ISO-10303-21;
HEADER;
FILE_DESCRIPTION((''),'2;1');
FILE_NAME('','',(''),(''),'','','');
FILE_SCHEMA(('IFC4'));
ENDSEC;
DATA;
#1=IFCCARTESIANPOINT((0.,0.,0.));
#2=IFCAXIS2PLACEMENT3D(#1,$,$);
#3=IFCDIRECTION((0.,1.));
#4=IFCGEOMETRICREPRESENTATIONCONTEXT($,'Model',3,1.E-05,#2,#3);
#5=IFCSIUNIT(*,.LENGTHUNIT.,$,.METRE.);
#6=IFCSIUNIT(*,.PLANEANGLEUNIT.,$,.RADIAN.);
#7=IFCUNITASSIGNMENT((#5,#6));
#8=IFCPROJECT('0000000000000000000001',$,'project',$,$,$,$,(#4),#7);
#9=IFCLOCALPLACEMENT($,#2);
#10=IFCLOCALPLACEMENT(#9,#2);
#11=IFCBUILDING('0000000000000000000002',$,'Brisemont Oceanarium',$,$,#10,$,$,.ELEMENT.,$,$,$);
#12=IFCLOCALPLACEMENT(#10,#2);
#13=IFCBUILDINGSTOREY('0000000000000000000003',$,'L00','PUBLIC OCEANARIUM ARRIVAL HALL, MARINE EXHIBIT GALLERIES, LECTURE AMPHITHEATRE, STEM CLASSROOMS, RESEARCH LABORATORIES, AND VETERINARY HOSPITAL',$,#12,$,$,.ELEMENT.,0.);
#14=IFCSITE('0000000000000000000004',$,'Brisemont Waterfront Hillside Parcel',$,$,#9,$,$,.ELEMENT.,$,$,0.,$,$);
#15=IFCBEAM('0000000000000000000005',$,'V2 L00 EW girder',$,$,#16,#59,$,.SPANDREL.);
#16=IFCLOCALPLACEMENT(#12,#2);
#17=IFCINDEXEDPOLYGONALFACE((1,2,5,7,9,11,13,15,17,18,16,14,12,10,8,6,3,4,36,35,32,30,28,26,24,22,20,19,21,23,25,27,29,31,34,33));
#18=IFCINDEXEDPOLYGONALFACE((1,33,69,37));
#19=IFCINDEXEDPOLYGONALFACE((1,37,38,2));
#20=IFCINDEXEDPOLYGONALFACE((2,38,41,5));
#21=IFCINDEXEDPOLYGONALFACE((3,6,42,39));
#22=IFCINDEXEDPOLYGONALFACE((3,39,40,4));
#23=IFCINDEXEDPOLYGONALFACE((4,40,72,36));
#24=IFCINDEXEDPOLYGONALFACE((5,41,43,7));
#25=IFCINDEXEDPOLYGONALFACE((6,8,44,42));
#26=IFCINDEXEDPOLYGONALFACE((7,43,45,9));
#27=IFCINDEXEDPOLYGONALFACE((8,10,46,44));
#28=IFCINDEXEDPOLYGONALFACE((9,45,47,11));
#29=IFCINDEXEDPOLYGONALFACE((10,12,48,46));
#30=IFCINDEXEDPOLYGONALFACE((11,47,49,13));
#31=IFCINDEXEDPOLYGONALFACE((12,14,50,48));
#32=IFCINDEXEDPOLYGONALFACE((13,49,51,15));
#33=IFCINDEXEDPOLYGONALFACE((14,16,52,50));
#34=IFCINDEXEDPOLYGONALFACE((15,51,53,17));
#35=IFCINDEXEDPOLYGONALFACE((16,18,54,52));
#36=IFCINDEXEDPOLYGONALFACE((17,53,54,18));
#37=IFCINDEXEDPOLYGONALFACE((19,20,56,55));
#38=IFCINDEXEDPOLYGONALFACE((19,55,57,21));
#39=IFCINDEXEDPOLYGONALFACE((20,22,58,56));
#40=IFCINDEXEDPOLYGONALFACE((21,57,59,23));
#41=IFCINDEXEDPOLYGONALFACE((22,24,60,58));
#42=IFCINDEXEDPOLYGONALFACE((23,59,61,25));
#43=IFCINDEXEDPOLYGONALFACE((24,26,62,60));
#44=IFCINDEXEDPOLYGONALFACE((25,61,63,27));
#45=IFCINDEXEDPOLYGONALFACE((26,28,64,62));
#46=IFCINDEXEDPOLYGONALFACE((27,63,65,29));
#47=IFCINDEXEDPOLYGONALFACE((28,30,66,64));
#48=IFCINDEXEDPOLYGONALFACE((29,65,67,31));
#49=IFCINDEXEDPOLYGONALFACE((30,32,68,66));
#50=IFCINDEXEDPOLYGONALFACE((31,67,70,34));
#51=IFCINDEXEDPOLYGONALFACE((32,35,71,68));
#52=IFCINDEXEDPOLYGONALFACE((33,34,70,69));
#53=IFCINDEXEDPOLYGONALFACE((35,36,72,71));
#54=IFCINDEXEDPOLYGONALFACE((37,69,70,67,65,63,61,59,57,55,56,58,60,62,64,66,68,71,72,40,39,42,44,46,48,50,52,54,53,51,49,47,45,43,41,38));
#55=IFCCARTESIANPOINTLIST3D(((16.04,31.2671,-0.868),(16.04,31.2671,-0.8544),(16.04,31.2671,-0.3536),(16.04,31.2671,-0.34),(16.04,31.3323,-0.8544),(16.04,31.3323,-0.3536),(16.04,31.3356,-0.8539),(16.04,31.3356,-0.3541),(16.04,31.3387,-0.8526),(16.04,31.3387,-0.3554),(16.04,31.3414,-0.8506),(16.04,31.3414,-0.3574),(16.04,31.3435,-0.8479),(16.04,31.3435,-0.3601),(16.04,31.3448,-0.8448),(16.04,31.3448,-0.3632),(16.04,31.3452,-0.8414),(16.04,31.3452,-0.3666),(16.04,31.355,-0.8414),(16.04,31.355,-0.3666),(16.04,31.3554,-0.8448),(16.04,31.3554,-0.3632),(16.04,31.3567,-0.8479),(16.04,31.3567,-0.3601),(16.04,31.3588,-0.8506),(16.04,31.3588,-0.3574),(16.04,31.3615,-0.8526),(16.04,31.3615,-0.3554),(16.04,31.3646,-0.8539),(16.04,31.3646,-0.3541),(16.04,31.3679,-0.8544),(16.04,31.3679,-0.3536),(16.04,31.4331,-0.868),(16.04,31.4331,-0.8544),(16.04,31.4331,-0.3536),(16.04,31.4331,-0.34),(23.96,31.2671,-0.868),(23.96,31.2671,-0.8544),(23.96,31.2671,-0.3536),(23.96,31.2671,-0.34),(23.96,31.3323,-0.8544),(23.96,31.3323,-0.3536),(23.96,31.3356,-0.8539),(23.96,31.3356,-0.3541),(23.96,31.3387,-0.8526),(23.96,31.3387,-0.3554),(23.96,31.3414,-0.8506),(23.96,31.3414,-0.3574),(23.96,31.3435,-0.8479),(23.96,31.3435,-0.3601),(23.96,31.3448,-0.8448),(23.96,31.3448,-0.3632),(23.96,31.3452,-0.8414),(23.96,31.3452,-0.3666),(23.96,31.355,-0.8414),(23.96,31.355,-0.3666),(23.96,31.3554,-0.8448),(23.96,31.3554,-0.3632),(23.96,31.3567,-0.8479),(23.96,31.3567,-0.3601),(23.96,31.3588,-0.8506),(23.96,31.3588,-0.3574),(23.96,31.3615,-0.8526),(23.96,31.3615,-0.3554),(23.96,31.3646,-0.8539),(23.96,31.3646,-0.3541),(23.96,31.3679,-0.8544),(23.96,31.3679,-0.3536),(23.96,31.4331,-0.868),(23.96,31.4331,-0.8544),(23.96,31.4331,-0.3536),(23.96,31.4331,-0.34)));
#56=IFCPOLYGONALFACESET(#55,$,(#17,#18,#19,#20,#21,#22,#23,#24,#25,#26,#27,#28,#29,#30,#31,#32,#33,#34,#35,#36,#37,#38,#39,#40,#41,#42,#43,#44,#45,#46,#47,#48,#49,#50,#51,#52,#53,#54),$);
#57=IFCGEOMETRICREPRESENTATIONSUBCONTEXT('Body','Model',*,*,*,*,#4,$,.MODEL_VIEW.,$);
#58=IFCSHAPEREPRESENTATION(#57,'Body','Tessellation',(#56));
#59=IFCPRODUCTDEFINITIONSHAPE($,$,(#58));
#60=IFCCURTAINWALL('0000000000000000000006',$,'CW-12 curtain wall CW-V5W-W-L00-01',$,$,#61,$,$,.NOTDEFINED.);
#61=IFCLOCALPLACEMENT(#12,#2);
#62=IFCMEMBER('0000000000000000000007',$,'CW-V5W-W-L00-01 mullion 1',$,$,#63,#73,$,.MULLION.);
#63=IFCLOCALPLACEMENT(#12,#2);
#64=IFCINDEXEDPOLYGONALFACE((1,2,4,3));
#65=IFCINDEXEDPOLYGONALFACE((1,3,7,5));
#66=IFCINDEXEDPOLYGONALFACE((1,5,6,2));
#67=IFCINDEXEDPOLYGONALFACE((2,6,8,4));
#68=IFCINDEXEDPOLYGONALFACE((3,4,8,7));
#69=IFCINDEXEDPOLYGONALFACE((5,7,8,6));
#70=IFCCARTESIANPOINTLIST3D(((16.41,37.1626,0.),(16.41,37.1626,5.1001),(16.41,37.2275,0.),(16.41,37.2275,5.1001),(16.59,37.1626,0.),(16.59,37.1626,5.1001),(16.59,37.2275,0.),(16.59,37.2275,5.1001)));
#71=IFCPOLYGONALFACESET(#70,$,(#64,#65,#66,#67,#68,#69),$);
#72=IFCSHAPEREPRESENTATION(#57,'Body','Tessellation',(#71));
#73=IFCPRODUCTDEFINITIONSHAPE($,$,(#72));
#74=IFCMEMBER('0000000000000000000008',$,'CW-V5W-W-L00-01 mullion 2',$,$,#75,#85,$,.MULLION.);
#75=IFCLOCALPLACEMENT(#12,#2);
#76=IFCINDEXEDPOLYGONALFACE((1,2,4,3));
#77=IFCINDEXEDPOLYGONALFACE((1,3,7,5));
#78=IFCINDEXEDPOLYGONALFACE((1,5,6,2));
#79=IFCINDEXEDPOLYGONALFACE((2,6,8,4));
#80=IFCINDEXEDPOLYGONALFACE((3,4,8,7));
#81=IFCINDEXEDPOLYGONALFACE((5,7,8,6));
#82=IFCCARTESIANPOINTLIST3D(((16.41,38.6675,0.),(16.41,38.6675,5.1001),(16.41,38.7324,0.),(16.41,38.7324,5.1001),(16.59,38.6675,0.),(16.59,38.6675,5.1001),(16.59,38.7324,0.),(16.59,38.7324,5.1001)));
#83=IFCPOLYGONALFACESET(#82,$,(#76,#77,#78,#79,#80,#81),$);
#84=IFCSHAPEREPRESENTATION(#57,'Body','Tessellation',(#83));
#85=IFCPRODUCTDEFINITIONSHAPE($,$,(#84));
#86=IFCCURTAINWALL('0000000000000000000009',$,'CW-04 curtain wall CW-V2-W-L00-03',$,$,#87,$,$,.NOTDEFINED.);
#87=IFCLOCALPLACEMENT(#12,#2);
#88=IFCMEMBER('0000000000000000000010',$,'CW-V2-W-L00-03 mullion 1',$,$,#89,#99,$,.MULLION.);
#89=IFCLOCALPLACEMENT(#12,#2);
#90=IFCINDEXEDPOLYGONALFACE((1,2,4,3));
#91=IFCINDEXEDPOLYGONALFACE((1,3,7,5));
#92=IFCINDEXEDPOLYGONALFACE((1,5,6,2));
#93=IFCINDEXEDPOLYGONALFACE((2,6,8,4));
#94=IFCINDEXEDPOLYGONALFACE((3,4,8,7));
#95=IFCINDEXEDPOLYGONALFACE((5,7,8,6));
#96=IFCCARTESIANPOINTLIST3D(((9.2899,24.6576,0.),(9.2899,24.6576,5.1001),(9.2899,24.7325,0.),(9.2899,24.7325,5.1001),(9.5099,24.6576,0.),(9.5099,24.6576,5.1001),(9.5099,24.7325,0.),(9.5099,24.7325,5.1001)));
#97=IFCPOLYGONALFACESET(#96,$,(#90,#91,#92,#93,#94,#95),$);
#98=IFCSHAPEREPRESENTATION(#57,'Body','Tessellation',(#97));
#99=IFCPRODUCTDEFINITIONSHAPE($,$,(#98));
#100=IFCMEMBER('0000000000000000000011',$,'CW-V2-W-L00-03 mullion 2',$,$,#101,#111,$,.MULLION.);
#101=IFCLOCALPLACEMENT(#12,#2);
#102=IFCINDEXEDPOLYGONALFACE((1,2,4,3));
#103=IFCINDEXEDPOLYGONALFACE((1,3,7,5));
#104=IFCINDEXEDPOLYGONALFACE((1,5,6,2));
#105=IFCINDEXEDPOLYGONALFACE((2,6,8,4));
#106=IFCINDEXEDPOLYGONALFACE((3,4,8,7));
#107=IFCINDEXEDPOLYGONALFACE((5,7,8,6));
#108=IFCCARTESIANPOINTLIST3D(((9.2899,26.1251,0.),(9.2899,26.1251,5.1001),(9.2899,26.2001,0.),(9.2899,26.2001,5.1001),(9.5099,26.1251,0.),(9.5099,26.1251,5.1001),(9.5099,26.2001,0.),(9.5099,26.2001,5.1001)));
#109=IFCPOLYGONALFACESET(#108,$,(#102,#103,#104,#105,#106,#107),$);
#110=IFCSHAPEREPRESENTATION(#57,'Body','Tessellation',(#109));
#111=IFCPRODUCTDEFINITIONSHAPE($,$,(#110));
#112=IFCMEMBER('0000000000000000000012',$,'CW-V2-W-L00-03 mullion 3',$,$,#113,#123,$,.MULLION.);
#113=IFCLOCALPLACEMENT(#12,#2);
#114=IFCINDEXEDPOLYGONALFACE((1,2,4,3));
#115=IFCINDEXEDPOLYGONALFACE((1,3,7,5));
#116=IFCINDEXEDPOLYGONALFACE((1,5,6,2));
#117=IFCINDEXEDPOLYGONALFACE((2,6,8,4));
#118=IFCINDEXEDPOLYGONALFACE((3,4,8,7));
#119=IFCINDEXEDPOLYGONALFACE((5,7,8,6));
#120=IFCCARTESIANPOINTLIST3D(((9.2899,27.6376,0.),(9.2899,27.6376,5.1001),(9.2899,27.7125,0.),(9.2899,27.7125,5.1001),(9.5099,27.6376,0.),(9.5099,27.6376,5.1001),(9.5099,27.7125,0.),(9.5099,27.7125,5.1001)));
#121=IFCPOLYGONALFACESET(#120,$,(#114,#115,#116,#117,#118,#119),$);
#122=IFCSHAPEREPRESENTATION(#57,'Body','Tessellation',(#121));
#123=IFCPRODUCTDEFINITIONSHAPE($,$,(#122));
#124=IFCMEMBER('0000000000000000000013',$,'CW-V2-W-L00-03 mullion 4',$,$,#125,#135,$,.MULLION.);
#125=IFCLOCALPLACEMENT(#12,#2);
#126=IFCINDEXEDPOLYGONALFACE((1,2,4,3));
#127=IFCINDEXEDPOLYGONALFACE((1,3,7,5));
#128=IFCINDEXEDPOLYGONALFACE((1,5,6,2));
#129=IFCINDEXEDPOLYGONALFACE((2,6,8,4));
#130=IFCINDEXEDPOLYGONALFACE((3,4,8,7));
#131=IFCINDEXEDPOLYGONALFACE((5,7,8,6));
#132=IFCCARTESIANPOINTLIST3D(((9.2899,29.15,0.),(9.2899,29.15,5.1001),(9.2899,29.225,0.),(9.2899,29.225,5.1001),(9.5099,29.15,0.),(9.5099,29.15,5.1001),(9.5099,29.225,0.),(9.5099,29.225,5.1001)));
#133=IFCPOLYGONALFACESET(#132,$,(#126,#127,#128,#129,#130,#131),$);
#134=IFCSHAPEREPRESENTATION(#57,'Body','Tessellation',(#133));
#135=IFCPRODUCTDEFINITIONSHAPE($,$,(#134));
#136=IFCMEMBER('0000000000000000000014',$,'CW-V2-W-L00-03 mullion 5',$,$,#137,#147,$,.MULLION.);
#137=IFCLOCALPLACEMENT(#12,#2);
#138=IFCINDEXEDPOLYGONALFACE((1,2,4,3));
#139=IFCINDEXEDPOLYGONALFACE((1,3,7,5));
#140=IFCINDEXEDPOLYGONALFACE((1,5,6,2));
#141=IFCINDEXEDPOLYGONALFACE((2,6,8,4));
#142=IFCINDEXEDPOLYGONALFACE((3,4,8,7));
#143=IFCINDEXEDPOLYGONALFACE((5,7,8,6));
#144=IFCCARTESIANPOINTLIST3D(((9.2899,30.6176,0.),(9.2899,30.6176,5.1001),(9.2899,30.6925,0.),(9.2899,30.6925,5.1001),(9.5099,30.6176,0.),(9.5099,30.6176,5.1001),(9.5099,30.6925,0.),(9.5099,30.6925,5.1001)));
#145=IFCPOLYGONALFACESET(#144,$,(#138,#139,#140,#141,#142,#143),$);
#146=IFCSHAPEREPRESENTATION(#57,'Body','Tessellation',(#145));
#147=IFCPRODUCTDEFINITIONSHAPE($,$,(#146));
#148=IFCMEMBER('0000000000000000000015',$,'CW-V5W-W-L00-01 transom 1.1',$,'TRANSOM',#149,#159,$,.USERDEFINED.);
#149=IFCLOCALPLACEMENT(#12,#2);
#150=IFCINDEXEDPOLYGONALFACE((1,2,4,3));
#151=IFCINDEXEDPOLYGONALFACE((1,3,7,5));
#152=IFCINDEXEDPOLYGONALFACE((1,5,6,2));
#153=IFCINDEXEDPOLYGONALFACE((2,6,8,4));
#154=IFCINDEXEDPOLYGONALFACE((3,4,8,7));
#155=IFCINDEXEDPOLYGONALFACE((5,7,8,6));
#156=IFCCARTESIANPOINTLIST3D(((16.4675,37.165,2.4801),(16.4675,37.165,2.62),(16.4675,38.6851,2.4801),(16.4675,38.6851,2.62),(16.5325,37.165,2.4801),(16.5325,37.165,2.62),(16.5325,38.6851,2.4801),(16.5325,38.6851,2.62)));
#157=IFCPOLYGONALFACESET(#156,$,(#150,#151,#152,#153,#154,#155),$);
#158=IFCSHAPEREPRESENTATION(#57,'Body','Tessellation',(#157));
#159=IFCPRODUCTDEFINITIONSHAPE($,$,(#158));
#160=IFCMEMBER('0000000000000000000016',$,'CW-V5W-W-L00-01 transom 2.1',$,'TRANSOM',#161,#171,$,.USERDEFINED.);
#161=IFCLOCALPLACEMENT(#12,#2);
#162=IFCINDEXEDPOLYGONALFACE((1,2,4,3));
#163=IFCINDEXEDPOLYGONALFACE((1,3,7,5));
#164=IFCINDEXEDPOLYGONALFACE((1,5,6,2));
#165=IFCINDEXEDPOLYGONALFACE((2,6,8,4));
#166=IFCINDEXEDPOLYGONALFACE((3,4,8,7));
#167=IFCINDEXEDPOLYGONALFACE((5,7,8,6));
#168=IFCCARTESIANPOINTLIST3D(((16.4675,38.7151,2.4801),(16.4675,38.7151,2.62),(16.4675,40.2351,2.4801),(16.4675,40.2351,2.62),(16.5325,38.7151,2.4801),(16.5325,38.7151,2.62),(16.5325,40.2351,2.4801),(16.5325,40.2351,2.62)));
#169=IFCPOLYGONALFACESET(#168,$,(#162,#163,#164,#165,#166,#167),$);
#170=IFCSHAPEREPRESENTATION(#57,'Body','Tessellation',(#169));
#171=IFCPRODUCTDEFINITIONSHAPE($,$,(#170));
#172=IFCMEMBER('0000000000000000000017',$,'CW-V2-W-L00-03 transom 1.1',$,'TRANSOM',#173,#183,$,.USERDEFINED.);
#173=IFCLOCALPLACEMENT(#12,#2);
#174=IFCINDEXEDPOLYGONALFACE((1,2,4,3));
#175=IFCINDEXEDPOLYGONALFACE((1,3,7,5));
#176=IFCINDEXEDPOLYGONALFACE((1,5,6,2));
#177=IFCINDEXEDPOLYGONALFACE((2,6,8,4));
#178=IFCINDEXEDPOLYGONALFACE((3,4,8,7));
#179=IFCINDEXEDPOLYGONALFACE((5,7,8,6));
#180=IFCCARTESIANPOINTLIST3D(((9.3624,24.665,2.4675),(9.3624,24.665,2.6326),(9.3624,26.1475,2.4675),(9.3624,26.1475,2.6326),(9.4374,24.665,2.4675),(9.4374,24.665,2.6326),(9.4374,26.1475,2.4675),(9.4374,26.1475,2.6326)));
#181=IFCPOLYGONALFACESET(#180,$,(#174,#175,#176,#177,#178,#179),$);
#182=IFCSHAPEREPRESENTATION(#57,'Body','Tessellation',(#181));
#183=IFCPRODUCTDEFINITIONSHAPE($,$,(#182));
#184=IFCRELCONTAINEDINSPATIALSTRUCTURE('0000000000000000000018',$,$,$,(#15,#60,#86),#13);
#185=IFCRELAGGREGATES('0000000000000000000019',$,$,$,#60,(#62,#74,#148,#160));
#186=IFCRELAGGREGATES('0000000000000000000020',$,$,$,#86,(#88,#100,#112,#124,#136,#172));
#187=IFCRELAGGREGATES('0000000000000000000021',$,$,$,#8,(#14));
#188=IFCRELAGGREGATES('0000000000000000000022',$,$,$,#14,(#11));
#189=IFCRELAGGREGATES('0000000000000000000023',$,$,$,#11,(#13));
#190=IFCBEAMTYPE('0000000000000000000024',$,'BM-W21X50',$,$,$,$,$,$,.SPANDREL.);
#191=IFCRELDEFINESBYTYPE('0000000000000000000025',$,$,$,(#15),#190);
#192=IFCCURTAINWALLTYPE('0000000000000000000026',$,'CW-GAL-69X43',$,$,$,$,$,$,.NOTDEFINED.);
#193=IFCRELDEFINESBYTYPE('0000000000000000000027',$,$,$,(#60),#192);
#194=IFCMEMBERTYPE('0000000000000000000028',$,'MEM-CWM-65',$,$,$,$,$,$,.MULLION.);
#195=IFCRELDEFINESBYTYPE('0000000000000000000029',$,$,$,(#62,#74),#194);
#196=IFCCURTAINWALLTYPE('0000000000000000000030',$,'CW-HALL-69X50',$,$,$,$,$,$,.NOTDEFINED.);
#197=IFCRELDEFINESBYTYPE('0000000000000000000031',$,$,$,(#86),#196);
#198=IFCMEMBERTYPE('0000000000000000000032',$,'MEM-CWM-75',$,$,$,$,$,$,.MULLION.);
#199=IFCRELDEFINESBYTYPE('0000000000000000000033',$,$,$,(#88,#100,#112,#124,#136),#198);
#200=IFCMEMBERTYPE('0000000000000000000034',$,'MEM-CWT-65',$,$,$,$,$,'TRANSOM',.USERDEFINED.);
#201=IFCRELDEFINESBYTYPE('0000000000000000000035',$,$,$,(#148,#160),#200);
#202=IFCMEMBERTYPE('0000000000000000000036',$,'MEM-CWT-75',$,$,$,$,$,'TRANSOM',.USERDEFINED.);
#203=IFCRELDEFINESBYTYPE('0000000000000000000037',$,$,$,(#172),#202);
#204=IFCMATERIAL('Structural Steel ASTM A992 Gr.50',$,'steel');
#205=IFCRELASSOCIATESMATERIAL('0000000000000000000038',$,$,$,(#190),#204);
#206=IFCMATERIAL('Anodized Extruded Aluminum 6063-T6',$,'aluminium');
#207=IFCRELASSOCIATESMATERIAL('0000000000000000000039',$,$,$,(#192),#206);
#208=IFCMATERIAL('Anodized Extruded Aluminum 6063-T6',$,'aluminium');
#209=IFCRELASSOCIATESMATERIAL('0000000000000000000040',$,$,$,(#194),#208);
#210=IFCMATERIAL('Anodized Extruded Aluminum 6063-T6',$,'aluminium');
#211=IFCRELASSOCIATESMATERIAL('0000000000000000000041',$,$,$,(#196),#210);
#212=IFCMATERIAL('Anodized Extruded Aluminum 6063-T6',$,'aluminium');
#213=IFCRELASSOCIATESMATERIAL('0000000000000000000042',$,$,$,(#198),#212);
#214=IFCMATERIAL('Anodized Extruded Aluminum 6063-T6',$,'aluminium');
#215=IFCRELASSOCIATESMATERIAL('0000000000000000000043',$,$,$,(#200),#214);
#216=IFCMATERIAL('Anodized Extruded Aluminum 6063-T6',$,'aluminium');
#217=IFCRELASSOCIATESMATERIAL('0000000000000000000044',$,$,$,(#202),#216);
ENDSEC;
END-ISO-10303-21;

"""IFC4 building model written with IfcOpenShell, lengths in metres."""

from ifc_helpers import new_model, si_unit, direction, frame, origin, origin_2d, place, context, subcontext, project, spatial, rectangle, i_section, extrude, material, material_profile, profile_set, type_object, element, aggregate, save


model = new_model("IFC4")

# Units and contexts
model_context = context("Model", 3, precision=1e-05, world=origin(), true_north=direction((0.0, 1.0)))
body_context = subcontext(model_context, "Body", "Model", "MODEL_VIEW")
ifc_project = project(units=[si_unit("LENGTHUNIT", "METRE"), si_unit("PLANEANGLEUNIT", "RADIAN")], contexts=[model_context])

# Site, building, storey
site_placement = place(None, origin())
site = spatial("IfcSite", under=ifc_project, at=site_placement, Name="Brisemont Waterfront Hillside Parcel", CompositionType="ELEMENT", RefElevation=0.0)
building_placement = place(site_placement, origin())
building = spatial("IfcBuilding", under=site, at=building_placement, Name="Brisemont Oceanarium", CompositionType="ELEMENT")
storey_placement = place(building_placement, origin())
storey = spatial("IfcBuildingStorey", under=building, at=storey_placement, Name="L00", Description="PUBLIC OCEANARIUM ARRIVAL HALL, MARINE EXHIBIT GALLERIES, LECTURE AMPHITHEATRE, STEM CLASSROOMS, RESEARCH LABORATORIES, AND VETERINARY HOSPITAL", CompositionType="ELEMENT", Elevation=0.0)

# Beam
ifc_material_1 = material(Name="Structural Steel ASTM A992 Gr.50", Category="steel")
ifc_material_profile_1 = material_profile(ifc_material_1, i_section(OverallWidth=0.166, OverallDepth=0.5281, WebThickness=0.0098, FlangeThickness=0.0137, FilletRadius=0.0129, at=origin_2d()), Name="W21X50")
ifc_profile_set_1 = profile_set([ifc_material_profile_1], Name="Structural Steel ASTM A992 Gr.50")
beam_type_1 = type_object("IfcBeamType", Name="BM-W21X50", PredefinedType="SPANDREL", material=ifc_profile_set_1)
beam_1_placement = place(storey_placement, frame((16.04, 31.3501, -0.604), z_axis=(1.0, 0.0, 0.0), x_axis=(0.0, 1.0, 0.0)))
element("IfcBeam", 1, at=beam_1_placement, inside=storey, type_object=beam_type_1, Name="V2 L00 EW girder", PredefinedType="SPANDREL", context=body_context, shape_type="SweptSolid", body=[
    extrude(i_section(OverallWidth=0.166, OverallDepth=0.5281, WebThickness=0.0098, FlangeThickness=0.0137, FilletRadius=0.0129, at=origin_2d()), origin(), (0.0, 0.0, 1.0), 7.9199),
])

# Curtain walls, members
ifc_material_2 = material(Name="Anodized Extruded Aluminum 6063-T6", Category="aluminium")
curtain_wall_type_1 = type_object("IfcCurtainWallType", Name="CW-GAL-69X43", PredefinedType="NOTDEFINED", material=ifc_material_2)
curtain_wall_1_placement = place(storey_placement, origin())
curtain_wall_1 = element("IfcCurtainWall", 2, at=curtain_wall_1_placement, inside=storey, type_object=curtain_wall_type_1, Name="CW-12 curtain wall CW-V5W-W-L00-01", PredefinedType="NOTDEFINED")
ifc_material_3 = material(Name="Anodized Extruded Aluminum 6063-T6", Category="aluminium")
ifc_material_profile_2 = material_profile(ifc_material_3, rectangle(XDim=0.0649, YDim=0.1799, at=origin_2d()), Name="CWM-65X180")
ifc_profile_set_2 = profile_set([ifc_material_profile_2], Name="Anodized Extruded Aluminum 6063-T6")
member_type_1 = type_object("IfcMemberType", Name="MEM-CWM-65", PredefinedType="MULLION", material=ifc_profile_set_2)
member_1_placement = place(storey_placement, frame((16.5, 37.1951, 0.0), z_axis=(0.0, 0.0, 1.0), x_axis=(0.0, 1.0, 0.0)))
member_1 = element("IfcMember", 3, at=member_1_placement, type_object=member_type_1, Name="CW-V5W-W-L00-01 mullion 1", PredefinedType="MULLION", context=body_context, shape_type="SweptSolid", body=[
    extrude(rectangle(XDim=0.0649, YDim=0.1799, at=origin_2d()), origin(), (0.0, 0.0, 1.0), 5.1001),
])
member_2_placement = place(storey_placement, frame((16.5, 38.7, 0.0), z_axis=(0.0, 0.0, 1.0), x_axis=(0.0, 1.0, 0.0)))
member_2 = element("IfcMember", 4, at=member_2_placement, type_object=member_type_1, Name="CW-V5W-W-L00-01 mullion 2", PredefinedType="MULLION", context=body_context, shape_type="SweptSolid", body=[
    extrude(rectangle(XDim=0.0649, YDim=0.1799, at=origin_2d()), origin(), (0.0, 0.0, 1.0), 5.1001),
])
ifc_material_4 = material(Name="Anodized Extruded Aluminum 6063-T6", Category="aluminium")
curtain_wall_type_2 = type_object("IfcCurtainWallType", Name="CW-HALL-69X50", PredefinedType="NOTDEFINED", material=ifc_material_4)
curtain_wall_2_placement = place(storey_placement, origin())
curtain_wall_2 = element("IfcCurtainWall", 5, at=curtain_wall_2_placement, inside=storey, type_object=curtain_wall_type_2, Name="CW-04 curtain wall CW-V2-W-L00-03", PredefinedType="NOTDEFINED")
ifc_material_5 = material(Name="Anodized Extruded Aluminum 6063-T6", Category="aluminium")
ifc_material_profile_3 = material_profile(ifc_material_5, rectangle(XDim=0.075, YDim=0.22, at=origin_2d()), Name="CWM-75X220")
ifc_profile_set_3 = profile_set([ifc_material_profile_3], Name="Anodized Extruded Aluminum 6063-T6")
member_type_2 = type_object("IfcMemberType", Name="MEM-CWM-75", PredefinedType="MULLION", material=ifc_profile_set_3)
member_3_placement = place(storey_placement, frame((9.3999, 24.6951, 0.0), z_axis=(0.0, 0.0, 1.0), x_axis=(0.0, 1.0, 0.0)))
member_3 = element("IfcMember", 6, at=member_3_placement, type_object=member_type_2, Name="CW-V2-W-L00-03 mullion 1", PredefinedType="MULLION", context=body_context, shape_type="SweptSolid", body=[
    extrude(rectangle(XDim=0.075, YDim=0.22, at=origin_2d()), origin(), (0.0, 0.0, 1.0), 5.1001),
])
member_4_placement = place(storey_placement, frame((9.3999, 26.1626, 0.0), z_axis=(0.0, 0.0, 1.0), x_axis=(0.0, 1.0, 0.0)))
member_4 = element("IfcMember", 7, at=member_4_placement, type_object=member_type_2, Name="CW-V2-W-L00-03 mullion 2", PredefinedType="MULLION", context=body_context, shape_type="SweptSolid", body=[
    extrude(rectangle(XDim=0.075, YDim=0.22, at=origin_2d()), origin(), (0.0, 0.0, 1.0), 5.1001),
])
member_5_placement = place(storey_placement, frame((9.3999, 27.675, 0.0), z_axis=(0.0, 0.0, 1.0), x_axis=(0.0, 1.0, 0.0)))
member_5 = element("IfcMember", 8, at=member_5_placement, type_object=member_type_2, Name="CW-V2-W-L00-03 mullion 3", PredefinedType="MULLION", context=body_context, shape_type="SweptSolid", body=[
    extrude(rectangle(XDim=0.075, YDim=0.22, at=origin_2d()), origin(), (0.0, 0.0, 1.0), 5.1001),
])
member_6_placement = place(storey_placement, frame((9.3999, 29.1875, 0.0), z_axis=(0.0, 0.0, 1.0), x_axis=(0.0, 1.0, 0.0)))
member_6 = element("IfcMember", 9, at=member_6_placement, type_object=member_type_2, Name="CW-V2-W-L00-03 mullion 4", PredefinedType="MULLION", context=body_context, shape_type="SweptSolid", body=[
    extrude(rectangle(XDim=0.075, YDim=0.22, at=origin_2d()), origin(), (0.0, 0.0, 1.0), 5.1001),
])
member_7_placement = place(storey_placement, frame((9.3999, 30.655, 0.0), z_axis=(0.0, 0.0, 1.0), x_axis=(0.0, 1.0, 0.0)))
member_7 = element("IfcMember", 10, at=member_7_placement, type_object=member_type_2, Name="CW-V2-W-L00-03 mullion 5", PredefinedType="MULLION", context=body_context, shape_type="SweptSolid", body=[
    extrude(rectangle(XDim=0.075, YDim=0.22, at=origin_2d()), origin(), (0.0, 0.0, 1.0), 5.1001),
])

# Members
ifc_material_6 = material(Name="Anodized Extruded Aluminum 6063-T6", Category="aluminium")
ifc_material_profile_4 = material_profile(ifc_material_6, rectangle(XDim=0.0649, YDim=0.1399, at=origin_2d()), Name="CWT-65X140")
ifc_profile_set_4 = profile_set([ifc_material_profile_4], Name="Anodized Extruded Aluminum 6063-T6")
member_type_3 = type_object("IfcMemberType", Name="MEM-CWT-65", ElementType="TRANSOM", PredefinedType="USERDEFINED", material=ifc_profile_set_4)
member_8_placement = place(storey_placement, frame((16.5, 37.165, 2.55), z_axis=(0.0, 1.0, 0.0), x_axis=(-1.0, 0.0, 0.0)))
member_8 = element("IfcMember", 11, at=member_8_placement, type_object=member_type_3, Name="CW-V5W-W-L00-01 transom 1.1", ObjectType="TRANSOM", PredefinedType="USERDEFINED", context=body_context, shape_type="SweptSolid", body=[
    extrude(rectangle(XDim=0.0649, YDim=0.1399, at=origin_2d()), origin(), (0.0, 0.0, 1.0), 1.52),
])
member_9_placement = place(storey_placement, frame((16.5, 38.7151, 2.55), z_axis=(0.0, 1.0, 0.0), x_axis=(-1.0, 0.0, 0.0)))
member_9 = element("IfcMember", 12, at=member_9_placement, type_object=member_type_3, Name="CW-V5W-W-L00-01 transom 2.1", ObjectType="TRANSOM", PredefinedType="USERDEFINED", context=body_context, shape_type="SweptSolid", body=[
    extrude(rectangle(XDim=0.0649, YDim=0.1399, at=origin_2d()), origin(), (0.0, 0.0, 1.0), 1.52),
])
ifc_material_7 = material(Name="Anodized Extruded Aluminum 6063-T6", Category="aluminium")
ifc_material_profile_5 = material_profile(ifc_material_7, rectangle(XDim=0.075, YDim=0.165, at=origin_2d()), Name="CWT-75X165")
ifc_profile_set_5 = profile_set([ifc_material_profile_5], Name="Anodized Extruded Aluminum 6063-T6")
member_type_4 = type_object("IfcMemberType", Name="MEM-CWT-75", ElementType="TRANSOM", PredefinedType="USERDEFINED", material=ifc_profile_set_5)
member_10_placement = place(storey_placement, frame((9.3999, 24.665, 2.55), z_axis=(0.0, 1.0, 0.0), x_axis=(-1.0, 0.0, 0.0)))
member_10 = element("IfcMember", 13, at=member_10_placement, type_object=member_type_4, Name="CW-V2-W-L00-03 transom 1.1", ObjectType="TRANSOM", PredefinedType="USERDEFINED", context=body_context, shape_type="SweptSolid", body=[
    extrude(rectangle(XDim=0.075, YDim=0.165, at=origin_2d()), origin(), (0.0, 0.0, 1.0), 1.4824),
])

aggregate(curtain_wall_1, [member_1, member_2, member_8, member_9])
aggregate(curtain_wall_2, [member_3, member_4, member_5, member_6, member_7, member_10])

save(model, "model.ifc")
